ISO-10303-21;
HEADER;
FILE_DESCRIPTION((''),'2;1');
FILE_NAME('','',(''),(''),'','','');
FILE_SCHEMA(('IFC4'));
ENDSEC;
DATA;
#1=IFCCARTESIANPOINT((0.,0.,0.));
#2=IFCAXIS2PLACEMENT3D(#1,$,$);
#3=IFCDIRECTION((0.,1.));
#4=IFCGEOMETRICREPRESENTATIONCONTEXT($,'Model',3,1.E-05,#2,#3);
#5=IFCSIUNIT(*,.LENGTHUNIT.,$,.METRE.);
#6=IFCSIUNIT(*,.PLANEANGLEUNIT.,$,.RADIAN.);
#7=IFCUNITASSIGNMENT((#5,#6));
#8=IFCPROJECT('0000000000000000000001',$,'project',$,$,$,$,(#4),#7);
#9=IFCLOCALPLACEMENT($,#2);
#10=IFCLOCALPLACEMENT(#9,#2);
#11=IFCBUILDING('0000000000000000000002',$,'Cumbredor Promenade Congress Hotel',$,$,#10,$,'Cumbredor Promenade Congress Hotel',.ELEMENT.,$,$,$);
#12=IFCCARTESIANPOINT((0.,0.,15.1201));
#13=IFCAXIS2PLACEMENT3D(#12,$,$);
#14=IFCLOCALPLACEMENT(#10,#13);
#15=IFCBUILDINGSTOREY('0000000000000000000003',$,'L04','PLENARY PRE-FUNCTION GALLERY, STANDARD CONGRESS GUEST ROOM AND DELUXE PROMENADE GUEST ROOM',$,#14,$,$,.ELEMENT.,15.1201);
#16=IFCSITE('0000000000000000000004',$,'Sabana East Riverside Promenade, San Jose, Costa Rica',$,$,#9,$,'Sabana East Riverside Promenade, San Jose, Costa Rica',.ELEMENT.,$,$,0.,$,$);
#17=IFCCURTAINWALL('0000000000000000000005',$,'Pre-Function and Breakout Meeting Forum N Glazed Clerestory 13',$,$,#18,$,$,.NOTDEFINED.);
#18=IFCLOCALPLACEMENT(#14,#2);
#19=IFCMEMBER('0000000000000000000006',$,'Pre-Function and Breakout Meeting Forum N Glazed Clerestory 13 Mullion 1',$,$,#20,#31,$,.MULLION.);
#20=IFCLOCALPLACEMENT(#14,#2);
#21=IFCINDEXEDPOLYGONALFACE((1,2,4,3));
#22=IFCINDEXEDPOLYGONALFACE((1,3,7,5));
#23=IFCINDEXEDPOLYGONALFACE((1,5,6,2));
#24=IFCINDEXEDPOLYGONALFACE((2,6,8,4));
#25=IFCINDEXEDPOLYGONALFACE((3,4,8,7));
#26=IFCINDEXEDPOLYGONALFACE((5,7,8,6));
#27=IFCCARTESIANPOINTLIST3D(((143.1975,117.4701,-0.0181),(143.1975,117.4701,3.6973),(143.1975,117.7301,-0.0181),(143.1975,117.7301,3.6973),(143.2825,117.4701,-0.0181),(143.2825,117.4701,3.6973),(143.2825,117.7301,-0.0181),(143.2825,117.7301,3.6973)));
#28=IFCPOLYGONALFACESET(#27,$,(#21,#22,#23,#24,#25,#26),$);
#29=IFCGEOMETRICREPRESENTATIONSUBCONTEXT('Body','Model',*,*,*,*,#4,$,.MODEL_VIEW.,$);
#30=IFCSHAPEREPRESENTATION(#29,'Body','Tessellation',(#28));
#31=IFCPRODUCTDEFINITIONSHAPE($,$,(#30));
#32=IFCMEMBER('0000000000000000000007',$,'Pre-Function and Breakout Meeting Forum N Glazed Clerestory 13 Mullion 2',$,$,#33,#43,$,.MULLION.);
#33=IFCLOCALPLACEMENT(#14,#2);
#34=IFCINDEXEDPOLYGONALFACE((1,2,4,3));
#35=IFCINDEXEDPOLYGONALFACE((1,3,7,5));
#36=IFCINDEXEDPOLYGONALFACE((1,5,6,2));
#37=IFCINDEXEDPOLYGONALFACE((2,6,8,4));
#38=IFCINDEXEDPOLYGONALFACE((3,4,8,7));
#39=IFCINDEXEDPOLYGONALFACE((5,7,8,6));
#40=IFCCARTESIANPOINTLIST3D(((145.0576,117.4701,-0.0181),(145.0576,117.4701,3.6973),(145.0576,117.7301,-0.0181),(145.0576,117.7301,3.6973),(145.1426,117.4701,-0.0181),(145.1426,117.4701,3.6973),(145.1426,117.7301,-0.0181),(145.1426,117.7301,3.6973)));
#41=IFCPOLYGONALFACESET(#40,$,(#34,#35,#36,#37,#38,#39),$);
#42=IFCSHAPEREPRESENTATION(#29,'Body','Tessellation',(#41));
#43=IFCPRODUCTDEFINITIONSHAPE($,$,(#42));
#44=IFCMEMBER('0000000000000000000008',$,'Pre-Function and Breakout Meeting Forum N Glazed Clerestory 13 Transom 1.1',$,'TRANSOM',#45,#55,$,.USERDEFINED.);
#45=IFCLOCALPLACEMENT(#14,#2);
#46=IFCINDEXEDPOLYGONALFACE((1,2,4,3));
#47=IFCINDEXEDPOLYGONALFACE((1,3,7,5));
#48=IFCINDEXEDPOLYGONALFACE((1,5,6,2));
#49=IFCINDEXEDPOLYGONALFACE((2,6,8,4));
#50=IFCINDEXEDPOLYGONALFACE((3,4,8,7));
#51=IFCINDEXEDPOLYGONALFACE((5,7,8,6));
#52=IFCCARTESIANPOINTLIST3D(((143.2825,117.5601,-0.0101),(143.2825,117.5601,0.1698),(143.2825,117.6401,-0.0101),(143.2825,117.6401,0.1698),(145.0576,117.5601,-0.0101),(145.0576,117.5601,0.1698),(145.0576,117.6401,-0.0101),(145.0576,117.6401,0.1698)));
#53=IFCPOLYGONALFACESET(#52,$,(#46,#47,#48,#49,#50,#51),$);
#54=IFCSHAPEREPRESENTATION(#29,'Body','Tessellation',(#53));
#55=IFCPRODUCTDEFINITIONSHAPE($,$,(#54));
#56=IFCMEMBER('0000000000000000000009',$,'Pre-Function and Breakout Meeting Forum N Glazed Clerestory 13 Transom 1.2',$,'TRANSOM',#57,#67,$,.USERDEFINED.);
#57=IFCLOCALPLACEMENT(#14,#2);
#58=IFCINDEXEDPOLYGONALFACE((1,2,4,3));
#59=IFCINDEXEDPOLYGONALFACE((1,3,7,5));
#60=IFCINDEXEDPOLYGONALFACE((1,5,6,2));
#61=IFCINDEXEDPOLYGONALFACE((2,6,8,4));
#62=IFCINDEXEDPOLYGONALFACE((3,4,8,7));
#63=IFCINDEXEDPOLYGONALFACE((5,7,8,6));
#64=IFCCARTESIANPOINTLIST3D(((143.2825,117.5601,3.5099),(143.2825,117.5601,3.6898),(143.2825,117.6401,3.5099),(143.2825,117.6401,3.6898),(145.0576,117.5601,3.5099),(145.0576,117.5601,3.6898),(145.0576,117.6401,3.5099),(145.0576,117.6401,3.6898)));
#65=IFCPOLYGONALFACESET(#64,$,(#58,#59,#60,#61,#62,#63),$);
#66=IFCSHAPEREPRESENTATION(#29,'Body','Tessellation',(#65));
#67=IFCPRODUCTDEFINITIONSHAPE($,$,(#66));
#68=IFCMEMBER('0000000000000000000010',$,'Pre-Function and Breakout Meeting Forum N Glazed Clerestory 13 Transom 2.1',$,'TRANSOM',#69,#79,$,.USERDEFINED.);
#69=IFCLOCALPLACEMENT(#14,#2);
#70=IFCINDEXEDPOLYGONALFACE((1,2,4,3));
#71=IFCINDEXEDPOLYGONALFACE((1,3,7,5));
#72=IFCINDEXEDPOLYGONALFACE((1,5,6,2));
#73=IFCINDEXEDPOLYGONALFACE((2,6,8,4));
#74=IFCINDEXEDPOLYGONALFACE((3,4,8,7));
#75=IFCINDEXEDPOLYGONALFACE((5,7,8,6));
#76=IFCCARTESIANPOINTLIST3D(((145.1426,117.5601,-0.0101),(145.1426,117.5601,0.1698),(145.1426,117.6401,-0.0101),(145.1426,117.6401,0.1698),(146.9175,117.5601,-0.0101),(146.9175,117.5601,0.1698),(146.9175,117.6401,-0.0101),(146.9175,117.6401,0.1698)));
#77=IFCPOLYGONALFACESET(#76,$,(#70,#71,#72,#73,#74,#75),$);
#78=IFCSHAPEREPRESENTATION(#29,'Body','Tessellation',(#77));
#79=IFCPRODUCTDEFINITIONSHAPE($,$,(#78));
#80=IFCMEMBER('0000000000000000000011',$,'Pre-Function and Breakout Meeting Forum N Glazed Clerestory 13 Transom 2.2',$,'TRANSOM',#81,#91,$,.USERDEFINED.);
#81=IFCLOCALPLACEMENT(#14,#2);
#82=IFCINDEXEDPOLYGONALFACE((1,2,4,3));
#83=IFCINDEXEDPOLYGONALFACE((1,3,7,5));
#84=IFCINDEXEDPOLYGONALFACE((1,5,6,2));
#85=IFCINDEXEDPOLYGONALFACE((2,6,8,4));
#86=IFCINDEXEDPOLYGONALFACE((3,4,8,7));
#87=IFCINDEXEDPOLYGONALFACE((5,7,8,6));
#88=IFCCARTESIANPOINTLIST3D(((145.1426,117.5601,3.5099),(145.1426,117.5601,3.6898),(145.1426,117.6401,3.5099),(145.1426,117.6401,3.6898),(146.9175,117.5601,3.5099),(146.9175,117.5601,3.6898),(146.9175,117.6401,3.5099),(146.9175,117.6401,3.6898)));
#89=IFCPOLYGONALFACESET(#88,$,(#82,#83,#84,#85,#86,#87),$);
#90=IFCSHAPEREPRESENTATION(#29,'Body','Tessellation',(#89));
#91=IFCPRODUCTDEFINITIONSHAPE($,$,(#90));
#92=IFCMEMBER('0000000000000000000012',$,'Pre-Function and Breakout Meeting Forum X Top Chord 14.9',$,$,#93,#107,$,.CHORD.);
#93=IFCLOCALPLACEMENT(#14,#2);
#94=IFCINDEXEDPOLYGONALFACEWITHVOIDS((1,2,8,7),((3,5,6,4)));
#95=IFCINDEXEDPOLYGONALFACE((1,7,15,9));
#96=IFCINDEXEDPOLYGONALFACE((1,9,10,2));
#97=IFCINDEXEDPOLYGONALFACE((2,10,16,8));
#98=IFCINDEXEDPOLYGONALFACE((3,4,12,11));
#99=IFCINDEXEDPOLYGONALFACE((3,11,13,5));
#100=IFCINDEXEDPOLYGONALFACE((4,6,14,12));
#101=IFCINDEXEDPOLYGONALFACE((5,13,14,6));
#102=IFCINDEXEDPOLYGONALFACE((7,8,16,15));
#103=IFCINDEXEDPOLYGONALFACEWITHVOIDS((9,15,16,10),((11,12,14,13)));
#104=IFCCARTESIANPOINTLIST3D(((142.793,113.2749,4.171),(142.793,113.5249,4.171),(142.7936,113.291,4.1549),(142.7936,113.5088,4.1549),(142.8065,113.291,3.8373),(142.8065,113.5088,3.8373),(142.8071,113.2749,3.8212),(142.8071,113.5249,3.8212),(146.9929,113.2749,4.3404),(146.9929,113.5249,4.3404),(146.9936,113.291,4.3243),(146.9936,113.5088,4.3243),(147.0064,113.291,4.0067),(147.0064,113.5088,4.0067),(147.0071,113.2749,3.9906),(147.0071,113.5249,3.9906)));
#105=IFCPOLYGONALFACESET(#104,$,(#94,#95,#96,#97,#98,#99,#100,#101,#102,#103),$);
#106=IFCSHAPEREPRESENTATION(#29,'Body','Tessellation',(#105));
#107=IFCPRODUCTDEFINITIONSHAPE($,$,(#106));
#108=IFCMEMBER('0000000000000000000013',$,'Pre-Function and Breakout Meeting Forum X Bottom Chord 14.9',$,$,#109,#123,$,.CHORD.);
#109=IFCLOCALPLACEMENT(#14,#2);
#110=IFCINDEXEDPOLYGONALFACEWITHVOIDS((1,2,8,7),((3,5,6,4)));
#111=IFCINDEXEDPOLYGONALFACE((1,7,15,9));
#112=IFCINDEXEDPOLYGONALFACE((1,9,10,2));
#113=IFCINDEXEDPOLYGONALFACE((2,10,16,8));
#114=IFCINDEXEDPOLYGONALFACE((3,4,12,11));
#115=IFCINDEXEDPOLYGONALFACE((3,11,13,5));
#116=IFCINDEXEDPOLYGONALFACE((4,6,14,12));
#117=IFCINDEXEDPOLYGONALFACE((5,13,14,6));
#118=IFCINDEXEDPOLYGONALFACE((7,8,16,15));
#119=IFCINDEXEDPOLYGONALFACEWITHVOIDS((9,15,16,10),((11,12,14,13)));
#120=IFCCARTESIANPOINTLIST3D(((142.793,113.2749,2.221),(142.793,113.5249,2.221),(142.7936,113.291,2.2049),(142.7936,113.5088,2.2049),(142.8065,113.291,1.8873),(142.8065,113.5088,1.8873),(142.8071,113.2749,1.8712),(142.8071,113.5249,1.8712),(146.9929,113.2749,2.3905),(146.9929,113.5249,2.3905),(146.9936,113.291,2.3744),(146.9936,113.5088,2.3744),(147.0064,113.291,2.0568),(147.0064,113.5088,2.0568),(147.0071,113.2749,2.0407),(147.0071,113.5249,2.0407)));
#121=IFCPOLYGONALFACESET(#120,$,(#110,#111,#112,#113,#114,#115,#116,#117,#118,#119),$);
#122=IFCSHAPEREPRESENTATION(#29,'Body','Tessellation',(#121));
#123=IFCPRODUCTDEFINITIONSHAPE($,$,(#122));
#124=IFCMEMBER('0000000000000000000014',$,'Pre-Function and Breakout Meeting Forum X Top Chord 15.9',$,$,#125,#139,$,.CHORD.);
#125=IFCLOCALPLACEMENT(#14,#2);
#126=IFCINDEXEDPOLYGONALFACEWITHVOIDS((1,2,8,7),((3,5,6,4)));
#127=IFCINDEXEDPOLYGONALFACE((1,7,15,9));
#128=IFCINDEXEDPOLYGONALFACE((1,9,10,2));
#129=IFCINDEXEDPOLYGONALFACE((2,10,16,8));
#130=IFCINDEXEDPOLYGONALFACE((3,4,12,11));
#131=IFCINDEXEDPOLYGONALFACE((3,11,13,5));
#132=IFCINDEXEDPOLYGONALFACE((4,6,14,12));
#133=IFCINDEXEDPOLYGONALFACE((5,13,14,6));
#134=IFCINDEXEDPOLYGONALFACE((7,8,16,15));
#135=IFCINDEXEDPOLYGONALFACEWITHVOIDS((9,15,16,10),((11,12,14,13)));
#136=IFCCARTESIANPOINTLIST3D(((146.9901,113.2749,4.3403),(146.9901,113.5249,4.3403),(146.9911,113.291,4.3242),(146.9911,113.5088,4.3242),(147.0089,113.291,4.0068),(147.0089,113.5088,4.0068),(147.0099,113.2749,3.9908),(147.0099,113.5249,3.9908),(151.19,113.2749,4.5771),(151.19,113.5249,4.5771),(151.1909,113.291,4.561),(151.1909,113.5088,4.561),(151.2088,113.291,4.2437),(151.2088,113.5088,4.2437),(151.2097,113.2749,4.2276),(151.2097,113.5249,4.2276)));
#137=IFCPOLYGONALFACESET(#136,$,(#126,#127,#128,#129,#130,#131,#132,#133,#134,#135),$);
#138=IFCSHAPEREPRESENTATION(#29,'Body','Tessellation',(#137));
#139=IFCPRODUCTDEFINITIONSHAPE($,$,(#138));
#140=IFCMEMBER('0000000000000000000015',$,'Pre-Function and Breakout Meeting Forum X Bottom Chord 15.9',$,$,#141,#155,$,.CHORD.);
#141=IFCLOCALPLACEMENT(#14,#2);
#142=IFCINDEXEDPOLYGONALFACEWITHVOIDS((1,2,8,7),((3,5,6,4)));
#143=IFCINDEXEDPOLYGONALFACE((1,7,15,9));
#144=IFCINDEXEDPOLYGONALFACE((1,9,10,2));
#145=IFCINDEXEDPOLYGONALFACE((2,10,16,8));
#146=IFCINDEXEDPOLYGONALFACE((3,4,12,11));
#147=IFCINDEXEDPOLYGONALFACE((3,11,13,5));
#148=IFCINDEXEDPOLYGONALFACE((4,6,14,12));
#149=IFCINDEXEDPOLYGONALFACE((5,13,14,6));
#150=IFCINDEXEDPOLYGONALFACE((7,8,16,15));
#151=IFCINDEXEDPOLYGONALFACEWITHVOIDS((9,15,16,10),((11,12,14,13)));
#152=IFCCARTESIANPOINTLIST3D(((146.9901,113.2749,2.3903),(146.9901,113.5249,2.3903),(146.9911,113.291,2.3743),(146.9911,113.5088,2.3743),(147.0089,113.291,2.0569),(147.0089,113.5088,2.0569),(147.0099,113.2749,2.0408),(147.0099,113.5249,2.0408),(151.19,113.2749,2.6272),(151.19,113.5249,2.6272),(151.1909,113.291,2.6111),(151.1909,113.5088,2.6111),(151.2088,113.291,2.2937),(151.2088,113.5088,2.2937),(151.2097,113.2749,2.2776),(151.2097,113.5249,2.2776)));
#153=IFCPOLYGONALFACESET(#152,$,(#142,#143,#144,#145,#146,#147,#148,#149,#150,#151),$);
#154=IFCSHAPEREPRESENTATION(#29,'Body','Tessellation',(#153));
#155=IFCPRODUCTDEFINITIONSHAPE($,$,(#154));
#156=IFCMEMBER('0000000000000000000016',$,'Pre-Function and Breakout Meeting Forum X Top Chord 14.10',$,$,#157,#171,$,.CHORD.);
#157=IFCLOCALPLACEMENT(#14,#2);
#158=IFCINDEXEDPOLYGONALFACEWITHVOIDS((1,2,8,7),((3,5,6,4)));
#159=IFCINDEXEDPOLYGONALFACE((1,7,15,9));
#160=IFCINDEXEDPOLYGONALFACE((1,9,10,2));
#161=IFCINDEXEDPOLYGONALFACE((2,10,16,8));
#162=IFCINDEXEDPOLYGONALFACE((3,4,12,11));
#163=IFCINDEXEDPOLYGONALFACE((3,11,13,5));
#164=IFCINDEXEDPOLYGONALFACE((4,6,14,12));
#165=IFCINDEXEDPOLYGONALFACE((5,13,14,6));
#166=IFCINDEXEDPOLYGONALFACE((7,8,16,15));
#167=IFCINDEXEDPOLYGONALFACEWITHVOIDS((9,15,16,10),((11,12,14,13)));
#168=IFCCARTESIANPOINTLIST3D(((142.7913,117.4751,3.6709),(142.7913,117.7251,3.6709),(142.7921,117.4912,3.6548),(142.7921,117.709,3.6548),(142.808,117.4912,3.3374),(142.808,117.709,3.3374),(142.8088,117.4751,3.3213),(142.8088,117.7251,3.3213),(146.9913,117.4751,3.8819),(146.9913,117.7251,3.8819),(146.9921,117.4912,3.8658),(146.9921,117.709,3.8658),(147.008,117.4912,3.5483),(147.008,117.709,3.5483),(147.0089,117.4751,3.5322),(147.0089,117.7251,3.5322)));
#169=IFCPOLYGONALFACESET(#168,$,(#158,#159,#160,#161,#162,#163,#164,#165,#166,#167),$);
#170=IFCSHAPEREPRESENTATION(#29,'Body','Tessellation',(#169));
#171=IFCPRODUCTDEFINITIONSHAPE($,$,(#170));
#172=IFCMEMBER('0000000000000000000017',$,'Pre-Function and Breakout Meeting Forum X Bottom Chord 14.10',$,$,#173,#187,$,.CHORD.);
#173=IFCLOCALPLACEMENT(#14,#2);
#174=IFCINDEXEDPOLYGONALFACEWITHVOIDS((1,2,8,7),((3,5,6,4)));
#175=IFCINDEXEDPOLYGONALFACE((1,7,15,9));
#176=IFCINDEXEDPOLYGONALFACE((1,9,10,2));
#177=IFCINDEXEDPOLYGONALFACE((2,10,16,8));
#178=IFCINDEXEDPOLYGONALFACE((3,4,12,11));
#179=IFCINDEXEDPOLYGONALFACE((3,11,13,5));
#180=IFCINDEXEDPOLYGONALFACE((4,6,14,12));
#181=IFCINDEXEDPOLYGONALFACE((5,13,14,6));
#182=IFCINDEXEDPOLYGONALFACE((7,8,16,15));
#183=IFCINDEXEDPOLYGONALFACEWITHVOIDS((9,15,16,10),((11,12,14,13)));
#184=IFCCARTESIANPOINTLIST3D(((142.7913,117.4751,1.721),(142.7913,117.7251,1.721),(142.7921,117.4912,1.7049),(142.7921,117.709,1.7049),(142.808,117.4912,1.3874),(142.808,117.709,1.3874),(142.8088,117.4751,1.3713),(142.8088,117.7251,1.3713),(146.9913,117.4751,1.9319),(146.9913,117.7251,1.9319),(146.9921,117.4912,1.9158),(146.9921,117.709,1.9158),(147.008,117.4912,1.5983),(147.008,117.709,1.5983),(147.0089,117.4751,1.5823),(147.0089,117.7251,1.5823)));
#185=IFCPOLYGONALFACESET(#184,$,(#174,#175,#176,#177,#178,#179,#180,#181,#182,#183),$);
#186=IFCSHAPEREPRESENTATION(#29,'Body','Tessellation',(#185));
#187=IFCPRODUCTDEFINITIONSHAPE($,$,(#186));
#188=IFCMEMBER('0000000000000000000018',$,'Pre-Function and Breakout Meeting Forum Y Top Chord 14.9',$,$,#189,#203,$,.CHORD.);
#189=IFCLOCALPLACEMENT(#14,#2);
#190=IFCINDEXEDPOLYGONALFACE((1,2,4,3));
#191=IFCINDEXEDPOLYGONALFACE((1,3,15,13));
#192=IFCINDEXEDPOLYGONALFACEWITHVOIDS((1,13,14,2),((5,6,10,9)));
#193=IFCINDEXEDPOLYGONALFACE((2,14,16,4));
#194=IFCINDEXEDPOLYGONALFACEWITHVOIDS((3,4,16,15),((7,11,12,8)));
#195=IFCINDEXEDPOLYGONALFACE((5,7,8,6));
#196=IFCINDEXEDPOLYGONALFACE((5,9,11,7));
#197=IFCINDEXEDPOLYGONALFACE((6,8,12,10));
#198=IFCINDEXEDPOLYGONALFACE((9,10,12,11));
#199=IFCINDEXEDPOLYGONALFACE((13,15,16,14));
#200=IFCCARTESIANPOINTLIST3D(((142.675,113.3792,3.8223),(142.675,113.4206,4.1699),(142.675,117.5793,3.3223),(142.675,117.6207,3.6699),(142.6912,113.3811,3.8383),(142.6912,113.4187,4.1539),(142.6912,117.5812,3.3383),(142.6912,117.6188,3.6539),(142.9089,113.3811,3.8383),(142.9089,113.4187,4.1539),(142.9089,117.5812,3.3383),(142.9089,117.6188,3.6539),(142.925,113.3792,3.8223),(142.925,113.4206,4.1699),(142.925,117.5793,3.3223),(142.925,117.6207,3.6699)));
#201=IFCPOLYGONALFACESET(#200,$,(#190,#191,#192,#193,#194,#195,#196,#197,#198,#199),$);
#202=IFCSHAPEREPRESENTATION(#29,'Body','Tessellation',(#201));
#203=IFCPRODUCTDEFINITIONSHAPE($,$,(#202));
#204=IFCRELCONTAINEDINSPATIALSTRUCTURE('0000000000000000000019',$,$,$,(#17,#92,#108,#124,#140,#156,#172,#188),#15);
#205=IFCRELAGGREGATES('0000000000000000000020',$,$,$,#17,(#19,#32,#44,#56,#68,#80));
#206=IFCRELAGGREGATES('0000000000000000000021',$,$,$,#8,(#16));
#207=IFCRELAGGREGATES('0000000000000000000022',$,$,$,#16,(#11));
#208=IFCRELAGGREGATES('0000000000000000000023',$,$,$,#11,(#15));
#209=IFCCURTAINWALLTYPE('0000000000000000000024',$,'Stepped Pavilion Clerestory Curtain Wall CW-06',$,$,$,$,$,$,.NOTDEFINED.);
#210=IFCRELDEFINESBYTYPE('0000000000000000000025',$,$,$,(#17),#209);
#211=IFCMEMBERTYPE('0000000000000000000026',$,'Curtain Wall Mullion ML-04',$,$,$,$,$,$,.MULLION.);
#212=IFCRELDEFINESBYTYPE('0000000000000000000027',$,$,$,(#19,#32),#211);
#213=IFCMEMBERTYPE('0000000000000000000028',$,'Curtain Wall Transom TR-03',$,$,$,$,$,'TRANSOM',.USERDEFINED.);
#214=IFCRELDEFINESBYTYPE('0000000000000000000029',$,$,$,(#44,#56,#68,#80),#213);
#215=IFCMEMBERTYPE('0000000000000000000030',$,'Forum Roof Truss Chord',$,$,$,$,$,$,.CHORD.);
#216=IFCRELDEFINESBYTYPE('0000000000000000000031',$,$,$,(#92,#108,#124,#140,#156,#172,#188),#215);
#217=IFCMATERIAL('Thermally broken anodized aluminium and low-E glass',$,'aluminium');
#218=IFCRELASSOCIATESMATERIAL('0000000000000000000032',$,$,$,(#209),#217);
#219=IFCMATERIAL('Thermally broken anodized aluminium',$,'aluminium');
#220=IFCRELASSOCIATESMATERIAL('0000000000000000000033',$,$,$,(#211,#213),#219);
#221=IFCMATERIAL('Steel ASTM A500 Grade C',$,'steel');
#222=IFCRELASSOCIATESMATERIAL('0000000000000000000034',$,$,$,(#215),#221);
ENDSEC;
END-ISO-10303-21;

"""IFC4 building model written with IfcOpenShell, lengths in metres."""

from ifc_helpers import new_model, si_unit, direction, frame, origin, origin_2d, place, context, subcontext, project, spatial, rectangle, hollow_rectangle, extrude, material, material_profile, profile_set, type_object, element, aggregate, save


model = new_model("IFC4")

# Units and contexts
model_context = context("Model", 3, precision=1e-05, world=origin(), true_north=direction((0.0, 1.0)))
body_context = subcontext(model_context, "Body", "Model", "MODEL_VIEW")
ifc_project = project(units=[si_unit("LENGTHUNIT", "METRE"), si_unit("PLANEANGLEUNIT", "RADIAN")], contexts=[model_context])

# Site, building, storey
site_placement = place(None, origin())
site = spatial("IfcSite", under=ifc_project, at=site_placement, Name="Sabana East Riverside Promenade, San Jose, Costa Rica", LongName="Sabana East Riverside Promenade, San Jose, Costa Rica", CompositionType="ELEMENT", RefElevation=0.0)
building_placement = place(site_placement, origin())
building = spatial("IfcBuilding", under=site, at=building_placement, Name="Cumbredor Promenade Congress Hotel", LongName="Cumbredor Promenade Congress Hotel", CompositionType="ELEMENT")
storey_placement = place(building_placement, frame((0.0, 0.0, 15.1201)))
storey = spatial("IfcBuildingStorey", under=building, at=storey_placement, Name="L04", Description="PLENARY PRE-FUNCTION GALLERY, STANDARD CONGRESS GUEST ROOM AND DELUXE PROMENADE GUEST ROOM", CompositionType="ELEMENT", Elevation=15.1201)

# Curtain wall, members
ifc_material_1 = material(Name="Thermally broken anodized aluminium and low-E glass", Category="aluminium")
curtain_wall_type = type_object("IfcCurtainWallType", Name="Stepped Pavilion Clerestory Curtain Wall CW-06", PredefinedType="NOTDEFINED", material=ifc_material_1)
curtain_wall_placement = place(storey_placement, origin())
curtain_wall = element("IfcCurtainWall", 1, at=curtain_wall_placement, inside=storey, type_object=curtain_wall_type, Name="Pre-Function and Breakout Meeting Forum N Glazed Clerestory 13", PredefinedType="NOTDEFINED")
ifc_material_2 = material(Name="Thermally broken anodized aluminium", Category="aluminium")
ifc_material_profile_1 = material_profile(ifc_material_2, rectangle(XDim=0.085, YDim=0.26, at=origin_2d()), Name="ALU MULLION CLERESTORY 85x260")
ifc_profile_set_1 = profile_set([ifc_material_profile_1], Name="Thermally broken anodized aluminium")
member_type_1 = type_object("IfcMemberType", Name="Curtain Wall Mullion ML-04", PredefinedType="MULLION", material=ifc_profile_set_1)
member_1_placement = place(storey_placement, frame((143.24, 117.6001, -0.0181), z_axis=(0.0, 0.0, 1.0), x_axis=(1.0, 0.0, 0.0)))
member_1 = element("IfcMember", 2, at=member_1_placement, type_object=member_type_1, Name="Pre-Function and Breakout Meeting Forum N Glazed Clerestory 13 Mullion 1", PredefinedType="MULLION", context=body_context, shape_type="SweptSolid", body=[
    extrude(rectangle(XDim=0.085, YDim=0.26, at=origin_2d()), origin(), (0.0, 0.0, 1.0), 3.7153),
])
member_2_placement = place(storey_placement, frame((145.1001, 117.6001, -0.0181), z_axis=(0.0, 0.0, 1.0), x_axis=(1.0, 0.0, 0.0)))
member_2 = element("IfcMember", 3, at=member_2_placement, type_object=member_type_1, Name="Pre-Function and Breakout Meeting Forum N Glazed Clerestory 13 Mullion 2", PredefinedType="MULLION", context=body_context, shape_type="SweptSolid", body=[
    extrude(rectangle(XDim=0.085, YDim=0.26, at=origin_2d()), origin(), (0.0, 0.0, 1.0), 3.7153),
])
ifc_material_profile_2 = material_profile(ifc_material_2, rectangle(XDim=0.0801, YDim=0.1799, at=origin_2d()), Name="ALU TRANSOM 80x180")
ifc_profile_set_2 = profile_set([ifc_material_profile_2], Name="Thermally broken anodized aluminium")
member_type_2 = type_object("IfcMemberType", Name="Curtain Wall Transom TR-03", ElementType="TRANSOM", PredefinedType="USERDEFINED", material=ifc_profile_set_2)
member_3_placement = place(storey_placement, frame((143.2825, 117.6001, 0.0798), z_axis=(1.0, 0.0, 0.0), x_axis=(0.0, 1.0, 0.0)))
member_3 = element("IfcMember", 4, at=member_3_placement, type_object=member_type_2, Name="Pre-Function and Breakout Meeting Forum N Glazed Clerestory 13 Transom 1.1", ObjectType="TRANSOM", PredefinedType="USERDEFINED", context=body_context, shape_type="SweptSolid", body=[
    extrude(rectangle(XDim=0.0801, YDim=0.1799, at=origin_2d()), origin(), (0.0, 0.0, 1.0), 1.7751),
])
member_4_placement = place(storey_placement, frame((143.2825, 117.6001, 3.5999), z_axis=(1.0, 0.0, 0.0), x_axis=(0.0, 1.0, 0.0)))
member_4 = element("IfcMember", 5, at=member_4_placement, type_object=member_type_2, Name="Pre-Function and Breakout Meeting Forum N Glazed Clerestory 13 Transom 1.2", ObjectType="TRANSOM", PredefinedType="USERDEFINED", context=body_context, shape_type="SweptSolid", body=[
    extrude(rectangle(XDim=0.0801, YDim=0.1799, at=origin_2d()), origin(), (0.0, 0.0, 1.0), 1.7751),
])
member_5_placement = place(storey_placement, frame((145.1426, 117.6001, 0.0798), z_axis=(1.0, 0.0, 0.0), x_axis=(0.0, 1.0, 0.0)))
member_5 = element("IfcMember", 6, at=member_5_placement, type_object=member_type_2, Name="Pre-Function and Breakout Meeting Forum N Glazed Clerestory 13 Transom 2.1", ObjectType="TRANSOM", PredefinedType="USERDEFINED", context=body_context, shape_type="SweptSolid", body=[
    extrude(rectangle(XDim=0.0801, YDim=0.1799, at=origin_2d()), origin(), (0.0, 0.0, 1.0), 1.7749),
])
member_6_placement = place(storey_placement, frame((145.1426, 117.6001, 3.5999), z_axis=(1.0, 0.0, 0.0), x_axis=(0.0, 1.0, 0.0)))
member_6 = element("IfcMember", 7, at=member_6_placement, type_object=member_type_2, Name="Pre-Function and Breakout Meeting Forum N Glazed Clerestory 13 Transom 2.2", ObjectType="TRANSOM", PredefinedType="USERDEFINED", context=body_context, shape_type="SweptSolid", body=[
    extrude(rectangle(XDim=0.0801, YDim=0.1799, at=origin_2d()), origin(), (0.0, 0.0, 1.0), 1.7749),
])

# Members
ifc_material_3 = material(Name="Steel ASTM A500 Grade C", Category="steel")
ifc_material_profile_3 = material_profile(ifc_material_3, hollow_rectangle(XDim=0.25, YDim=0.3501, WallThickness=0.0161, at=origin_2d()), Name="HSS 350x250x16")
ifc_profile_set_3 = profile_set([ifc_material_profile_3], Name="Steel ASTM A500 Grade C")
member_type_3 = type_object("IfcMemberType", Name="Forum Roof Truss Chord", PredefinedType="CHORD", material=ifc_profile_set_3)
for number, where, z_axis, x_axis, name in (
    (8, (142.8, 113.3999, 3.9961), (0.999187, 0.0, 0.040309), (0.0, 1.0, 0.0), "Pre-Function and Breakout Meeting Forum X Top Chord 14.9"),
    (9, (142.8, 113.3999, 2.0461), (0.999187, 0.0, 0.040309), (0.0, 1.0, 0.0), "Pre-Function and Breakout Meeting Forum X Bottom Chord 14.9"),
):
    element("IfcMember", number, at=place(storey_placement, frame(where, z_axis=z_axis, x_axis=x_axis)), inside=storey, type_object=member_type_3, Name=name, PredefinedType="CHORD", context=body_context, shape_type="SweptSolid", body=[
        extrude(hollow_rectangle(XDim=0.25, YDim=0.3501, WallThickness=0.0161, at=origin_2d()), origin(), (0.0, 0.0, 1.0), 4.2034),
    ])
for number, where, z_axis, x_axis, name in (
    (10, (147.0, 113.3999, 4.1655), (0.998414, 0.0, 0.056296), (0.0, 1.0, 0.0), "Pre-Function and Breakout Meeting Forum X Top Chord 15.9"),
    (11, (147.0, 113.3999, 2.2156), (0.998414, 0.0, 0.056296), (0.0, 1.0, 0.0), "Pre-Function and Breakout Meeting Forum X Bottom Chord 15.9"),
):
    element("IfcMember", number, at=place(storey_placement, frame(where, z_axis=z_axis, x_axis=x_axis)), inside=storey, type_object=member_type_3, Name=name, PredefinedType="CHORD", context=body_context, shape_type="SweptSolid", body=[
        extrude(hollow_rectangle(XDim=0.25, YDim=0.3501, WallThickness=0.0161, at=origin_2d()), origin(), (0.0, 0.0, 1.0), 4.2065),
    ])
for number, where, z_axis, x_axis, name in (
    (12, (142.8, 117.6001, 3.4961), (0.998741, 0.0, 0.050161), (0.0, 1.0, 0.0), "Pre-Function and Breakout Meeting Forum X Top Chord 14.10"),
    (13, (142.8, 117.6001, 1.5461), (0.998741, 0.0, 0.050161), (0.0, 1.0, 0.0), "Pre-Function and Breakout Meeting Forum X Bottom Chord 14.10"),
):
    element("IfcMember", number, at=place(storey_placement, frame(where, z_axis=z_axis, x_axis=x_axis)), inside=storey, type_object=member_type_3, Name=name, PredefinedType="CHORD", context=body_context, shape_type="SweptSolid", body=[
        extrude(hollow_rectangle(XDim=0.25, YDim=0.3501, WallThickness=0.0161, at=origin_2d()), origin(), (0.0, 0.0, 1.0), 4.2053),
    ])
for number, where, z_axis, x_axis, name in (
    (14, (142.8, 113.3999, 3.9961), (0.0, 0.992989, -0.118207), (-1.0, 0.0, 0.0), "Pre-Function and Breakout Meeting Forum Y Top Chord 14.9"),
):
    element("IfcMember", number, at=place(storey_placement, frame(where, z_axis=z_axis, x_axis=x_axis)), inside=storey, type_object=member_type_3, Name=name, PredefinedType="CHORD", context=body_context, shape_type="SweptSolid", body=[
        extrude(hollow_rectangle(XDim=0.25, YDim=0.3501, WallThickness=0.0161, at=origin_2d()), origin(), (0.0, 0.0, 1.0), 4.2297),
    ])

aggregate(curtain_wall, [member_1, member_2, member_3, member_4, member_5, member_6])

save(model, "model.ifc")
